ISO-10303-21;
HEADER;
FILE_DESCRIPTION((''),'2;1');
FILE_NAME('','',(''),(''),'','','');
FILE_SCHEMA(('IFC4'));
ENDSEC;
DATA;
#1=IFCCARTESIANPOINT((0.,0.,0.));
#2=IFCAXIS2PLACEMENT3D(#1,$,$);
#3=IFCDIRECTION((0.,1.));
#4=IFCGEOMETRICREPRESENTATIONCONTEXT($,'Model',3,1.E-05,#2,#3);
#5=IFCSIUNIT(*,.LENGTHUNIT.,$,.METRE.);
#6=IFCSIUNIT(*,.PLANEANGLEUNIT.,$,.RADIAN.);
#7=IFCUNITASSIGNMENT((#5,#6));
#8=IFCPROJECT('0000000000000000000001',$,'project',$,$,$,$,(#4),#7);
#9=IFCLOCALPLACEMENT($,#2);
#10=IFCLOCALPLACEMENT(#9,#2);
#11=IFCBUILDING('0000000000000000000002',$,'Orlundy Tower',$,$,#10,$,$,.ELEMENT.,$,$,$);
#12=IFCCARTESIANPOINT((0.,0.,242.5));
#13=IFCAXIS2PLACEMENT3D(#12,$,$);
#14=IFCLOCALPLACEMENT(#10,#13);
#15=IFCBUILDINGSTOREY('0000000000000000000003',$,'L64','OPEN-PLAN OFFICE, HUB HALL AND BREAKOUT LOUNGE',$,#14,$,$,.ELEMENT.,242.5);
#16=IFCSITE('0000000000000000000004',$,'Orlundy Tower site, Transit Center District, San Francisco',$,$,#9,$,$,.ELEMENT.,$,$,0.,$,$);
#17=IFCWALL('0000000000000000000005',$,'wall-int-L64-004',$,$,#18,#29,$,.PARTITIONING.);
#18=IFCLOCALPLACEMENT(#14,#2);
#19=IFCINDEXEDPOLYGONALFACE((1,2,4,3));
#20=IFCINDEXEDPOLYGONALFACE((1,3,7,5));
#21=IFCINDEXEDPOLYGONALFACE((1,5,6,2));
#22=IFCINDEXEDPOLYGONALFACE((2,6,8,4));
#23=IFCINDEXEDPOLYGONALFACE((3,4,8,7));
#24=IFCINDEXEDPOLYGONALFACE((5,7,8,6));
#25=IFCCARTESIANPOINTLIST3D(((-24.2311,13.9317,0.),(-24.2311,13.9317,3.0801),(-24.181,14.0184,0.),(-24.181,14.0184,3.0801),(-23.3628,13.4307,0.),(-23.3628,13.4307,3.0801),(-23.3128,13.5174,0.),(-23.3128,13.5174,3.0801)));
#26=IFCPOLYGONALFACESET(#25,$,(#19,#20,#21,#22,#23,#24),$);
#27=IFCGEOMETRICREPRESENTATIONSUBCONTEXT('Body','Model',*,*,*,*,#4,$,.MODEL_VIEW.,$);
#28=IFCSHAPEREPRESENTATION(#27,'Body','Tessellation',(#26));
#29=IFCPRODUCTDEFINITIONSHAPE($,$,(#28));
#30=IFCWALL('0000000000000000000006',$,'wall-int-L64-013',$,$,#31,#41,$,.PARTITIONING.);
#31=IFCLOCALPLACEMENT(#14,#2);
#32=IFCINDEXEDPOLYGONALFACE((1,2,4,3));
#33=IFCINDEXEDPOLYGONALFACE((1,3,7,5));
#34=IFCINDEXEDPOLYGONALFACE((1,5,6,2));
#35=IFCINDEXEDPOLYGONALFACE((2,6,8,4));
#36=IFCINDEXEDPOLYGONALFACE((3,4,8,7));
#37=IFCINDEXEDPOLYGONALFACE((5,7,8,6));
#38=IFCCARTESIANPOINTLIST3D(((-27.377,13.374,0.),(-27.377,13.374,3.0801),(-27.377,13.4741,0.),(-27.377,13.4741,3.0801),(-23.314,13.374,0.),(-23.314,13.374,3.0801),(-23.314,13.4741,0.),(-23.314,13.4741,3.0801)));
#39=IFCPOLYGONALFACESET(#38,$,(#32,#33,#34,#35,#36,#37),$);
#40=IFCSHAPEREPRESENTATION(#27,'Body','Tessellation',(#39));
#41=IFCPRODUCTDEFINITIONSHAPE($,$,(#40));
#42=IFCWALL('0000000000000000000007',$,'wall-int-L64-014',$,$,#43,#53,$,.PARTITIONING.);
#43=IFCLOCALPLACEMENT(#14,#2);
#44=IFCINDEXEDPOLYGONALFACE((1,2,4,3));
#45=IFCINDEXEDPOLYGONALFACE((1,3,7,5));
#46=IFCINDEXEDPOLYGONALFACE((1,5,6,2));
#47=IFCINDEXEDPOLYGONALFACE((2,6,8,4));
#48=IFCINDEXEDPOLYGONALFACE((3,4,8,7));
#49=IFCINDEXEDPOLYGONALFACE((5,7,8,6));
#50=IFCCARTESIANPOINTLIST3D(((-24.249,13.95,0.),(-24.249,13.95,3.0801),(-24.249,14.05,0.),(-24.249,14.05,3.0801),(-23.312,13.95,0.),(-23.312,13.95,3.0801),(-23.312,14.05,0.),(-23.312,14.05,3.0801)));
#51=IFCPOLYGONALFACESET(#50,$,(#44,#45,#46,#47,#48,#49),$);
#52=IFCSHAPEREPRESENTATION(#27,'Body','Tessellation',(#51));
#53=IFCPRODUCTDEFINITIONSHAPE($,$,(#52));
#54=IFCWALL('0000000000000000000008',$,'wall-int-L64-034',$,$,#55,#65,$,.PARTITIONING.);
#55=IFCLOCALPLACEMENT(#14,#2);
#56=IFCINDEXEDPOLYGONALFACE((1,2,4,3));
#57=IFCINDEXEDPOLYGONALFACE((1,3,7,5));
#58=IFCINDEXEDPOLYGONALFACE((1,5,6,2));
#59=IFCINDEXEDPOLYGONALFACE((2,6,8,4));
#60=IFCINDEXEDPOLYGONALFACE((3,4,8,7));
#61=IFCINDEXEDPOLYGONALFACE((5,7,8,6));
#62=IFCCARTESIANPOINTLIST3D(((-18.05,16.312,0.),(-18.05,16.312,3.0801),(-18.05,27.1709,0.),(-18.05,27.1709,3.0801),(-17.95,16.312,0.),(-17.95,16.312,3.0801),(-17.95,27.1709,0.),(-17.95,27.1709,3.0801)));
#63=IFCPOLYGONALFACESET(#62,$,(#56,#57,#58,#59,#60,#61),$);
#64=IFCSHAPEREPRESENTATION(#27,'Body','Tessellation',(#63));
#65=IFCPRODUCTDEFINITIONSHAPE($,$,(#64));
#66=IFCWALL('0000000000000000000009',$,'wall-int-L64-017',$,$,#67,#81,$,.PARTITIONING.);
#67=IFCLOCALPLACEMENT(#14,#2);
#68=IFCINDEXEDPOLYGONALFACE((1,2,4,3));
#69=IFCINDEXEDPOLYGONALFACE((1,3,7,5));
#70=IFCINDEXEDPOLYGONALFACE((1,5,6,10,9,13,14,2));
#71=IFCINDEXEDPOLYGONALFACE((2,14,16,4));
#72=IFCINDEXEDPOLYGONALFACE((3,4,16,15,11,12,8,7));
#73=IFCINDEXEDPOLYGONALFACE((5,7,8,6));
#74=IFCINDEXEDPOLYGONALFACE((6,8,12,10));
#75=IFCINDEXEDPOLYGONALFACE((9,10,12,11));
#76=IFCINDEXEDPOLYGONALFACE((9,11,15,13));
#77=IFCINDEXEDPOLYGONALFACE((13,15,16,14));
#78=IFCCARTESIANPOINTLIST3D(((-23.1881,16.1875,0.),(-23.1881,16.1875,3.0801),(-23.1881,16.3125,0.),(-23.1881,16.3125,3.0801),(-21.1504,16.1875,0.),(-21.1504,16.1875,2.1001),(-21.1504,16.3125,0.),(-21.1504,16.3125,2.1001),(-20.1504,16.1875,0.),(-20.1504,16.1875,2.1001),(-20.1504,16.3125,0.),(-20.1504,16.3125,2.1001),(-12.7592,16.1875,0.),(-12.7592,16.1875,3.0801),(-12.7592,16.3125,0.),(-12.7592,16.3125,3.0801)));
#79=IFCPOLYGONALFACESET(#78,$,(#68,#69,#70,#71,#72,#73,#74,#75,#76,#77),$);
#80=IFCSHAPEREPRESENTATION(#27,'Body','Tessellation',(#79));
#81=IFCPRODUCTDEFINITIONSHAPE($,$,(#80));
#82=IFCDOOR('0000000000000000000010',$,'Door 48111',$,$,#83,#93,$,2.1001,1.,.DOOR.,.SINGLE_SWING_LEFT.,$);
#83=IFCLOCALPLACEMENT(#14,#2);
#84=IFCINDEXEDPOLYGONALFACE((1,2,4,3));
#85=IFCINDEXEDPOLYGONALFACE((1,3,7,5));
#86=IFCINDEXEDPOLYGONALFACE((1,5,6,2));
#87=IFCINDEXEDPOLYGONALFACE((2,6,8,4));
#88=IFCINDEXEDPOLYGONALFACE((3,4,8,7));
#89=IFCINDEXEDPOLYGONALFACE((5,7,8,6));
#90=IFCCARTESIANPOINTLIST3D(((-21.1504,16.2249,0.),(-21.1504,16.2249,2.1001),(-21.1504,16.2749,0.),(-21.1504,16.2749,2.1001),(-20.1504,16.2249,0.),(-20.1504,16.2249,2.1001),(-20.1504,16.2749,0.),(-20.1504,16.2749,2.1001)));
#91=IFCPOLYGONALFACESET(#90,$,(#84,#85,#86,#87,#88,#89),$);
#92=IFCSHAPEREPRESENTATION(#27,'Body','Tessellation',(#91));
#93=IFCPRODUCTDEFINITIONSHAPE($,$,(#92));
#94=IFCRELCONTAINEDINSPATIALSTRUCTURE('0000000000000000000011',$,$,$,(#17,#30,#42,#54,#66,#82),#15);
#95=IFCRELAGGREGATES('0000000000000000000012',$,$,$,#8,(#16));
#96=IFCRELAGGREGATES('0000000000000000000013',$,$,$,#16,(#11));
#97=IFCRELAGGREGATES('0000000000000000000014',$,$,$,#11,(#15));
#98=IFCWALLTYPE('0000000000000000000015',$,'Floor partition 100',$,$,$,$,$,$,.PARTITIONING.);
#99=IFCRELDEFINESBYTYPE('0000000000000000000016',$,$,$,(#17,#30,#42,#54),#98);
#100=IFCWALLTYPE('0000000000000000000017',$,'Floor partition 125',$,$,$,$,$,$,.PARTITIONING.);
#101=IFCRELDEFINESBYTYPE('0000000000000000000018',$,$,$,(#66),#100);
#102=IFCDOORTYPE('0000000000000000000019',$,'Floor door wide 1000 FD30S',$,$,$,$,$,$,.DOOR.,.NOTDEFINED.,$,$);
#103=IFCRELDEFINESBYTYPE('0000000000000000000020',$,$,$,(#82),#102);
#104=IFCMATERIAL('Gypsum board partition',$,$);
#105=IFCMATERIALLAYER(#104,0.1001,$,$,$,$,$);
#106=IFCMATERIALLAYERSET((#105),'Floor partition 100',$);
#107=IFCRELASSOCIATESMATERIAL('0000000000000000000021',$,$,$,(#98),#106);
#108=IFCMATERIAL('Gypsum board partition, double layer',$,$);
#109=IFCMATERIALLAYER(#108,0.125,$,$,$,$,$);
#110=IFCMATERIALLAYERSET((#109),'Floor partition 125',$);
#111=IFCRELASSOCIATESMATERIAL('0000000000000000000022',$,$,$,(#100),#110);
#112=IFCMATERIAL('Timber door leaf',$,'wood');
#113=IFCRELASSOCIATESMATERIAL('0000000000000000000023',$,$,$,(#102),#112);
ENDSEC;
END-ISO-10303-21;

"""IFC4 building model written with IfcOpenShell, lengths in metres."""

from ifc_helpers import new_model, si_unit, direction, frame, frame_2d, origin, place, context, subcontext, project, spatial, rectangle, extrude, material, layer, layer_set, type_object, element, fill, save


model = new_model("IFC4")

# Units and contexts
model_context = context("Model", 3, precision=1e-05, world=origin(), true_north=direction((0.0, 1.0)))
body_context = subcontext(model_context, "Body", "Model", "MODEL_VIEW")
ifc_project = project(units=[si_unit("LENGTHUNIT", "METRE"), si_unit("PLANEANGLEUNIT", "RADIAN")], contexts=[model_context])

# Site, building, storey
site_placement = place(None, origin())
site = spatial("IfcSite", under=ifc_project, at=site_placement, Name="Orlundy Tower site, Transit Center District, San Francisco", CompositionType="ELEMENT", RefElevation=0.0)
building_placement = place(site_placement, origin())
building = spatial("IfcBuilding", under=site, at=building_placement, Name="Orlundy Tower", CompositionType="ELEMENT")
storey_placement = place(building_placement, frame((0.0, 0.0, 242.5)))
storey = spatial("IfcBuildingStorey", under=building, at=storey_placement, Name="L64", Description="OPEN-PLAN OFFICE, HUB HALL AND BREAKOUT LOUNGE", CompositionType="ELEMENT", Elevation=242.5)

# Walls
ifc_material_1 = material(Name="Gypsum board partition")
ifc_layer_1 = layer(ifc_material_1, 0.1001)
ifc_layer_set_1 = layer_set([ifc_layer_1], Name="Floor partition 100")
wall_type_1 = type_object("IfcWallType", Name="Floor partition 100", PredefinedType="PARTITIONING", material=ifc_layer_set_1)
wall_1_placement = place(storey_placement, frame((-24.2061, 13.9751, 0.0), z_axis=(0.0, 0.0, 1.0), x_axis=(0.866137, -0.499807, 0.0)))
element("IfcWall", 1, at=wall_1_placement, inside=storey, type_object=wall_type_1, Name="wall-int-L64-004", PredefinedType="PARTITIONING", context=body_context, shape_type="SweptSolid", body=[
    extrude(rectangle(XDim=1.0024, YDim=0.1001, at=frame_2d((0.5012, 0.0))), origin(), (0.0, 0.0, 1.0), 3.0801),
])
wall_2_placement = place(storey_placement, frame((-27.377, 13.4241, 0.0), z_axis=(0.0, 0.0, 1.0), x_axis=(1.0, 0.0, 0.0)))
element("IfcWall", 2, at=wall_2_placement, inside=storey, type_object=wall_type_1, Name="wall-int-L64-013", PredefinedType="PARTITIONING", context=body_context, shape_type="SweptSolid", body=[
    extrude(rectangle(XDim=4.063, YDim=0.1001, at=frame_2d((2.0315, 0.0))), origin(), (0.0, 0.0, 1.0), 3.0801),
])
wall_3_placement = place(storey_placement, frame((-24.249, 14.0, 0.0), z_axis=(0.0, 0.0, 1.0), x_axis=(1.0, 0.0, 0.0)))
element("IfcWall", 3, at=wall_3_placement, inside=storey, type_object=wall_type_1, Name="wall-int-L64-014", PredefinedType="PARTITIONING", context=body_context, shape_type="SweptSolid", body=[
    extrude(rectangle(XDim=0.937, YDim=0.1001, at=frame_2d((0.4685, 0.0))), origin(), (0.0, 0.0, 1.0), 3.0801),
])
wall_4_placement = place(storey_placement, frame((-18.0, 16.312, 0.0), z_axis=(0.0, 0.0, 1.0), x_axis=(0.0, 1.0, 0.0)))
element("IfcWall", 4, at=wall_4_placement, inside=storey, type_object=wall_type_1, Name="wall-int-L64-034", PredefinedType="PARTITIONING", context=body_context, shape_type="SweptSolid", body=[
    extrude(rectangle(XDim=10.8589, YDim=0.1001, at=frame_2d((5.4294, 0.0))), origin(), (0.0, 0.0, 1.0), 3.0801),
])

# Wall, opening, door
ifc_material_2 = material(Name="Gypsum board partition, double layer")
ifc_layer_2 = layer(ifc_material_2, 0.125)
ifc_layer_set_2 = layer_set([ifc_layer_2], Name="Floor partition 125")
wall_type_2 = type_object("IfcWallType", Name="Floor partition 125", PredefinedType="PARTITIONING", material=ifc_layer_set_2)
wall_5_placement = place(storey_placement, frame((-23.188, 16.25, 0.0), z_axis=(0.0, 0.0, 1.0), x_axis=(1.0, 0.0, 0.0)))
wall_5 = element("IfcWall", 5, at=wall_5_placement, inside=storey, type_object=wall_type_2, Name="wall-int-L64-017", PredefinedType="PARTITIONING", context=body_context, shape_type="SweptSolid", body=[
    extrude(rectangle(XDim=10.429, YDim=0.125, at=frame_2d((5.2144, 0.0))), origin(), (0.0, 0.0, 1.0), 3.0801),
])
opening_placement = place(wall_5_placement, frame((2.0376, 0.0, 0.0)))
opening = element("IfcOpeningElement", 6, at=opening_placement, cuts=wall_5, PredefinedType="OPENING", context=body_context, shape_type="SweptSolid", body=[
    extrude(rectangle(XDim=1.0, YDim=2.1001, at=frame_2d((0.5, 1.05))), frame((0.0, 0.0725, 0.0), z_axis=(0.0, -1.0, 0.0), x_axis=(1.0, 0.0, 0.0)), (0.0, 0.0, 1.0), 0.145),
])
ifc_material_3 = material(Name="Timber door leaf", Category="wood")
door_type = type_object("IfcDoorType", Name="Floor door wide 1000 FD30S", OperationType="NOTDEFINED", PredefinedType="DOOR", material=ifc_material_3)
door_placement = place(opening_placement, origin())
door = element("IfcDoor", 7, at=door_placement, inside=storey, type_object=door_type, Name="Door 48111", OperationType="SINGLE_SWING_LEFT", OverallHeight=2.1001, OverallWidth=1.0, PredefinedType="DOOR", context=body_context, shape_type="SweptSolid", body=[
    extrude(rectangle(XDim=1.0, YDim=2.1001, at=frame_2d((0.5, 1.05))), frame((0.0, 0.0249, 0.0), z_axis=(0.0, -1.0, 0.0), x_axis=(1.0, 0.0, 0.0)), (0.0, 0.0, 1.0), 0.05),
])
fill(opening, door)

save(model, "model.ifc")
